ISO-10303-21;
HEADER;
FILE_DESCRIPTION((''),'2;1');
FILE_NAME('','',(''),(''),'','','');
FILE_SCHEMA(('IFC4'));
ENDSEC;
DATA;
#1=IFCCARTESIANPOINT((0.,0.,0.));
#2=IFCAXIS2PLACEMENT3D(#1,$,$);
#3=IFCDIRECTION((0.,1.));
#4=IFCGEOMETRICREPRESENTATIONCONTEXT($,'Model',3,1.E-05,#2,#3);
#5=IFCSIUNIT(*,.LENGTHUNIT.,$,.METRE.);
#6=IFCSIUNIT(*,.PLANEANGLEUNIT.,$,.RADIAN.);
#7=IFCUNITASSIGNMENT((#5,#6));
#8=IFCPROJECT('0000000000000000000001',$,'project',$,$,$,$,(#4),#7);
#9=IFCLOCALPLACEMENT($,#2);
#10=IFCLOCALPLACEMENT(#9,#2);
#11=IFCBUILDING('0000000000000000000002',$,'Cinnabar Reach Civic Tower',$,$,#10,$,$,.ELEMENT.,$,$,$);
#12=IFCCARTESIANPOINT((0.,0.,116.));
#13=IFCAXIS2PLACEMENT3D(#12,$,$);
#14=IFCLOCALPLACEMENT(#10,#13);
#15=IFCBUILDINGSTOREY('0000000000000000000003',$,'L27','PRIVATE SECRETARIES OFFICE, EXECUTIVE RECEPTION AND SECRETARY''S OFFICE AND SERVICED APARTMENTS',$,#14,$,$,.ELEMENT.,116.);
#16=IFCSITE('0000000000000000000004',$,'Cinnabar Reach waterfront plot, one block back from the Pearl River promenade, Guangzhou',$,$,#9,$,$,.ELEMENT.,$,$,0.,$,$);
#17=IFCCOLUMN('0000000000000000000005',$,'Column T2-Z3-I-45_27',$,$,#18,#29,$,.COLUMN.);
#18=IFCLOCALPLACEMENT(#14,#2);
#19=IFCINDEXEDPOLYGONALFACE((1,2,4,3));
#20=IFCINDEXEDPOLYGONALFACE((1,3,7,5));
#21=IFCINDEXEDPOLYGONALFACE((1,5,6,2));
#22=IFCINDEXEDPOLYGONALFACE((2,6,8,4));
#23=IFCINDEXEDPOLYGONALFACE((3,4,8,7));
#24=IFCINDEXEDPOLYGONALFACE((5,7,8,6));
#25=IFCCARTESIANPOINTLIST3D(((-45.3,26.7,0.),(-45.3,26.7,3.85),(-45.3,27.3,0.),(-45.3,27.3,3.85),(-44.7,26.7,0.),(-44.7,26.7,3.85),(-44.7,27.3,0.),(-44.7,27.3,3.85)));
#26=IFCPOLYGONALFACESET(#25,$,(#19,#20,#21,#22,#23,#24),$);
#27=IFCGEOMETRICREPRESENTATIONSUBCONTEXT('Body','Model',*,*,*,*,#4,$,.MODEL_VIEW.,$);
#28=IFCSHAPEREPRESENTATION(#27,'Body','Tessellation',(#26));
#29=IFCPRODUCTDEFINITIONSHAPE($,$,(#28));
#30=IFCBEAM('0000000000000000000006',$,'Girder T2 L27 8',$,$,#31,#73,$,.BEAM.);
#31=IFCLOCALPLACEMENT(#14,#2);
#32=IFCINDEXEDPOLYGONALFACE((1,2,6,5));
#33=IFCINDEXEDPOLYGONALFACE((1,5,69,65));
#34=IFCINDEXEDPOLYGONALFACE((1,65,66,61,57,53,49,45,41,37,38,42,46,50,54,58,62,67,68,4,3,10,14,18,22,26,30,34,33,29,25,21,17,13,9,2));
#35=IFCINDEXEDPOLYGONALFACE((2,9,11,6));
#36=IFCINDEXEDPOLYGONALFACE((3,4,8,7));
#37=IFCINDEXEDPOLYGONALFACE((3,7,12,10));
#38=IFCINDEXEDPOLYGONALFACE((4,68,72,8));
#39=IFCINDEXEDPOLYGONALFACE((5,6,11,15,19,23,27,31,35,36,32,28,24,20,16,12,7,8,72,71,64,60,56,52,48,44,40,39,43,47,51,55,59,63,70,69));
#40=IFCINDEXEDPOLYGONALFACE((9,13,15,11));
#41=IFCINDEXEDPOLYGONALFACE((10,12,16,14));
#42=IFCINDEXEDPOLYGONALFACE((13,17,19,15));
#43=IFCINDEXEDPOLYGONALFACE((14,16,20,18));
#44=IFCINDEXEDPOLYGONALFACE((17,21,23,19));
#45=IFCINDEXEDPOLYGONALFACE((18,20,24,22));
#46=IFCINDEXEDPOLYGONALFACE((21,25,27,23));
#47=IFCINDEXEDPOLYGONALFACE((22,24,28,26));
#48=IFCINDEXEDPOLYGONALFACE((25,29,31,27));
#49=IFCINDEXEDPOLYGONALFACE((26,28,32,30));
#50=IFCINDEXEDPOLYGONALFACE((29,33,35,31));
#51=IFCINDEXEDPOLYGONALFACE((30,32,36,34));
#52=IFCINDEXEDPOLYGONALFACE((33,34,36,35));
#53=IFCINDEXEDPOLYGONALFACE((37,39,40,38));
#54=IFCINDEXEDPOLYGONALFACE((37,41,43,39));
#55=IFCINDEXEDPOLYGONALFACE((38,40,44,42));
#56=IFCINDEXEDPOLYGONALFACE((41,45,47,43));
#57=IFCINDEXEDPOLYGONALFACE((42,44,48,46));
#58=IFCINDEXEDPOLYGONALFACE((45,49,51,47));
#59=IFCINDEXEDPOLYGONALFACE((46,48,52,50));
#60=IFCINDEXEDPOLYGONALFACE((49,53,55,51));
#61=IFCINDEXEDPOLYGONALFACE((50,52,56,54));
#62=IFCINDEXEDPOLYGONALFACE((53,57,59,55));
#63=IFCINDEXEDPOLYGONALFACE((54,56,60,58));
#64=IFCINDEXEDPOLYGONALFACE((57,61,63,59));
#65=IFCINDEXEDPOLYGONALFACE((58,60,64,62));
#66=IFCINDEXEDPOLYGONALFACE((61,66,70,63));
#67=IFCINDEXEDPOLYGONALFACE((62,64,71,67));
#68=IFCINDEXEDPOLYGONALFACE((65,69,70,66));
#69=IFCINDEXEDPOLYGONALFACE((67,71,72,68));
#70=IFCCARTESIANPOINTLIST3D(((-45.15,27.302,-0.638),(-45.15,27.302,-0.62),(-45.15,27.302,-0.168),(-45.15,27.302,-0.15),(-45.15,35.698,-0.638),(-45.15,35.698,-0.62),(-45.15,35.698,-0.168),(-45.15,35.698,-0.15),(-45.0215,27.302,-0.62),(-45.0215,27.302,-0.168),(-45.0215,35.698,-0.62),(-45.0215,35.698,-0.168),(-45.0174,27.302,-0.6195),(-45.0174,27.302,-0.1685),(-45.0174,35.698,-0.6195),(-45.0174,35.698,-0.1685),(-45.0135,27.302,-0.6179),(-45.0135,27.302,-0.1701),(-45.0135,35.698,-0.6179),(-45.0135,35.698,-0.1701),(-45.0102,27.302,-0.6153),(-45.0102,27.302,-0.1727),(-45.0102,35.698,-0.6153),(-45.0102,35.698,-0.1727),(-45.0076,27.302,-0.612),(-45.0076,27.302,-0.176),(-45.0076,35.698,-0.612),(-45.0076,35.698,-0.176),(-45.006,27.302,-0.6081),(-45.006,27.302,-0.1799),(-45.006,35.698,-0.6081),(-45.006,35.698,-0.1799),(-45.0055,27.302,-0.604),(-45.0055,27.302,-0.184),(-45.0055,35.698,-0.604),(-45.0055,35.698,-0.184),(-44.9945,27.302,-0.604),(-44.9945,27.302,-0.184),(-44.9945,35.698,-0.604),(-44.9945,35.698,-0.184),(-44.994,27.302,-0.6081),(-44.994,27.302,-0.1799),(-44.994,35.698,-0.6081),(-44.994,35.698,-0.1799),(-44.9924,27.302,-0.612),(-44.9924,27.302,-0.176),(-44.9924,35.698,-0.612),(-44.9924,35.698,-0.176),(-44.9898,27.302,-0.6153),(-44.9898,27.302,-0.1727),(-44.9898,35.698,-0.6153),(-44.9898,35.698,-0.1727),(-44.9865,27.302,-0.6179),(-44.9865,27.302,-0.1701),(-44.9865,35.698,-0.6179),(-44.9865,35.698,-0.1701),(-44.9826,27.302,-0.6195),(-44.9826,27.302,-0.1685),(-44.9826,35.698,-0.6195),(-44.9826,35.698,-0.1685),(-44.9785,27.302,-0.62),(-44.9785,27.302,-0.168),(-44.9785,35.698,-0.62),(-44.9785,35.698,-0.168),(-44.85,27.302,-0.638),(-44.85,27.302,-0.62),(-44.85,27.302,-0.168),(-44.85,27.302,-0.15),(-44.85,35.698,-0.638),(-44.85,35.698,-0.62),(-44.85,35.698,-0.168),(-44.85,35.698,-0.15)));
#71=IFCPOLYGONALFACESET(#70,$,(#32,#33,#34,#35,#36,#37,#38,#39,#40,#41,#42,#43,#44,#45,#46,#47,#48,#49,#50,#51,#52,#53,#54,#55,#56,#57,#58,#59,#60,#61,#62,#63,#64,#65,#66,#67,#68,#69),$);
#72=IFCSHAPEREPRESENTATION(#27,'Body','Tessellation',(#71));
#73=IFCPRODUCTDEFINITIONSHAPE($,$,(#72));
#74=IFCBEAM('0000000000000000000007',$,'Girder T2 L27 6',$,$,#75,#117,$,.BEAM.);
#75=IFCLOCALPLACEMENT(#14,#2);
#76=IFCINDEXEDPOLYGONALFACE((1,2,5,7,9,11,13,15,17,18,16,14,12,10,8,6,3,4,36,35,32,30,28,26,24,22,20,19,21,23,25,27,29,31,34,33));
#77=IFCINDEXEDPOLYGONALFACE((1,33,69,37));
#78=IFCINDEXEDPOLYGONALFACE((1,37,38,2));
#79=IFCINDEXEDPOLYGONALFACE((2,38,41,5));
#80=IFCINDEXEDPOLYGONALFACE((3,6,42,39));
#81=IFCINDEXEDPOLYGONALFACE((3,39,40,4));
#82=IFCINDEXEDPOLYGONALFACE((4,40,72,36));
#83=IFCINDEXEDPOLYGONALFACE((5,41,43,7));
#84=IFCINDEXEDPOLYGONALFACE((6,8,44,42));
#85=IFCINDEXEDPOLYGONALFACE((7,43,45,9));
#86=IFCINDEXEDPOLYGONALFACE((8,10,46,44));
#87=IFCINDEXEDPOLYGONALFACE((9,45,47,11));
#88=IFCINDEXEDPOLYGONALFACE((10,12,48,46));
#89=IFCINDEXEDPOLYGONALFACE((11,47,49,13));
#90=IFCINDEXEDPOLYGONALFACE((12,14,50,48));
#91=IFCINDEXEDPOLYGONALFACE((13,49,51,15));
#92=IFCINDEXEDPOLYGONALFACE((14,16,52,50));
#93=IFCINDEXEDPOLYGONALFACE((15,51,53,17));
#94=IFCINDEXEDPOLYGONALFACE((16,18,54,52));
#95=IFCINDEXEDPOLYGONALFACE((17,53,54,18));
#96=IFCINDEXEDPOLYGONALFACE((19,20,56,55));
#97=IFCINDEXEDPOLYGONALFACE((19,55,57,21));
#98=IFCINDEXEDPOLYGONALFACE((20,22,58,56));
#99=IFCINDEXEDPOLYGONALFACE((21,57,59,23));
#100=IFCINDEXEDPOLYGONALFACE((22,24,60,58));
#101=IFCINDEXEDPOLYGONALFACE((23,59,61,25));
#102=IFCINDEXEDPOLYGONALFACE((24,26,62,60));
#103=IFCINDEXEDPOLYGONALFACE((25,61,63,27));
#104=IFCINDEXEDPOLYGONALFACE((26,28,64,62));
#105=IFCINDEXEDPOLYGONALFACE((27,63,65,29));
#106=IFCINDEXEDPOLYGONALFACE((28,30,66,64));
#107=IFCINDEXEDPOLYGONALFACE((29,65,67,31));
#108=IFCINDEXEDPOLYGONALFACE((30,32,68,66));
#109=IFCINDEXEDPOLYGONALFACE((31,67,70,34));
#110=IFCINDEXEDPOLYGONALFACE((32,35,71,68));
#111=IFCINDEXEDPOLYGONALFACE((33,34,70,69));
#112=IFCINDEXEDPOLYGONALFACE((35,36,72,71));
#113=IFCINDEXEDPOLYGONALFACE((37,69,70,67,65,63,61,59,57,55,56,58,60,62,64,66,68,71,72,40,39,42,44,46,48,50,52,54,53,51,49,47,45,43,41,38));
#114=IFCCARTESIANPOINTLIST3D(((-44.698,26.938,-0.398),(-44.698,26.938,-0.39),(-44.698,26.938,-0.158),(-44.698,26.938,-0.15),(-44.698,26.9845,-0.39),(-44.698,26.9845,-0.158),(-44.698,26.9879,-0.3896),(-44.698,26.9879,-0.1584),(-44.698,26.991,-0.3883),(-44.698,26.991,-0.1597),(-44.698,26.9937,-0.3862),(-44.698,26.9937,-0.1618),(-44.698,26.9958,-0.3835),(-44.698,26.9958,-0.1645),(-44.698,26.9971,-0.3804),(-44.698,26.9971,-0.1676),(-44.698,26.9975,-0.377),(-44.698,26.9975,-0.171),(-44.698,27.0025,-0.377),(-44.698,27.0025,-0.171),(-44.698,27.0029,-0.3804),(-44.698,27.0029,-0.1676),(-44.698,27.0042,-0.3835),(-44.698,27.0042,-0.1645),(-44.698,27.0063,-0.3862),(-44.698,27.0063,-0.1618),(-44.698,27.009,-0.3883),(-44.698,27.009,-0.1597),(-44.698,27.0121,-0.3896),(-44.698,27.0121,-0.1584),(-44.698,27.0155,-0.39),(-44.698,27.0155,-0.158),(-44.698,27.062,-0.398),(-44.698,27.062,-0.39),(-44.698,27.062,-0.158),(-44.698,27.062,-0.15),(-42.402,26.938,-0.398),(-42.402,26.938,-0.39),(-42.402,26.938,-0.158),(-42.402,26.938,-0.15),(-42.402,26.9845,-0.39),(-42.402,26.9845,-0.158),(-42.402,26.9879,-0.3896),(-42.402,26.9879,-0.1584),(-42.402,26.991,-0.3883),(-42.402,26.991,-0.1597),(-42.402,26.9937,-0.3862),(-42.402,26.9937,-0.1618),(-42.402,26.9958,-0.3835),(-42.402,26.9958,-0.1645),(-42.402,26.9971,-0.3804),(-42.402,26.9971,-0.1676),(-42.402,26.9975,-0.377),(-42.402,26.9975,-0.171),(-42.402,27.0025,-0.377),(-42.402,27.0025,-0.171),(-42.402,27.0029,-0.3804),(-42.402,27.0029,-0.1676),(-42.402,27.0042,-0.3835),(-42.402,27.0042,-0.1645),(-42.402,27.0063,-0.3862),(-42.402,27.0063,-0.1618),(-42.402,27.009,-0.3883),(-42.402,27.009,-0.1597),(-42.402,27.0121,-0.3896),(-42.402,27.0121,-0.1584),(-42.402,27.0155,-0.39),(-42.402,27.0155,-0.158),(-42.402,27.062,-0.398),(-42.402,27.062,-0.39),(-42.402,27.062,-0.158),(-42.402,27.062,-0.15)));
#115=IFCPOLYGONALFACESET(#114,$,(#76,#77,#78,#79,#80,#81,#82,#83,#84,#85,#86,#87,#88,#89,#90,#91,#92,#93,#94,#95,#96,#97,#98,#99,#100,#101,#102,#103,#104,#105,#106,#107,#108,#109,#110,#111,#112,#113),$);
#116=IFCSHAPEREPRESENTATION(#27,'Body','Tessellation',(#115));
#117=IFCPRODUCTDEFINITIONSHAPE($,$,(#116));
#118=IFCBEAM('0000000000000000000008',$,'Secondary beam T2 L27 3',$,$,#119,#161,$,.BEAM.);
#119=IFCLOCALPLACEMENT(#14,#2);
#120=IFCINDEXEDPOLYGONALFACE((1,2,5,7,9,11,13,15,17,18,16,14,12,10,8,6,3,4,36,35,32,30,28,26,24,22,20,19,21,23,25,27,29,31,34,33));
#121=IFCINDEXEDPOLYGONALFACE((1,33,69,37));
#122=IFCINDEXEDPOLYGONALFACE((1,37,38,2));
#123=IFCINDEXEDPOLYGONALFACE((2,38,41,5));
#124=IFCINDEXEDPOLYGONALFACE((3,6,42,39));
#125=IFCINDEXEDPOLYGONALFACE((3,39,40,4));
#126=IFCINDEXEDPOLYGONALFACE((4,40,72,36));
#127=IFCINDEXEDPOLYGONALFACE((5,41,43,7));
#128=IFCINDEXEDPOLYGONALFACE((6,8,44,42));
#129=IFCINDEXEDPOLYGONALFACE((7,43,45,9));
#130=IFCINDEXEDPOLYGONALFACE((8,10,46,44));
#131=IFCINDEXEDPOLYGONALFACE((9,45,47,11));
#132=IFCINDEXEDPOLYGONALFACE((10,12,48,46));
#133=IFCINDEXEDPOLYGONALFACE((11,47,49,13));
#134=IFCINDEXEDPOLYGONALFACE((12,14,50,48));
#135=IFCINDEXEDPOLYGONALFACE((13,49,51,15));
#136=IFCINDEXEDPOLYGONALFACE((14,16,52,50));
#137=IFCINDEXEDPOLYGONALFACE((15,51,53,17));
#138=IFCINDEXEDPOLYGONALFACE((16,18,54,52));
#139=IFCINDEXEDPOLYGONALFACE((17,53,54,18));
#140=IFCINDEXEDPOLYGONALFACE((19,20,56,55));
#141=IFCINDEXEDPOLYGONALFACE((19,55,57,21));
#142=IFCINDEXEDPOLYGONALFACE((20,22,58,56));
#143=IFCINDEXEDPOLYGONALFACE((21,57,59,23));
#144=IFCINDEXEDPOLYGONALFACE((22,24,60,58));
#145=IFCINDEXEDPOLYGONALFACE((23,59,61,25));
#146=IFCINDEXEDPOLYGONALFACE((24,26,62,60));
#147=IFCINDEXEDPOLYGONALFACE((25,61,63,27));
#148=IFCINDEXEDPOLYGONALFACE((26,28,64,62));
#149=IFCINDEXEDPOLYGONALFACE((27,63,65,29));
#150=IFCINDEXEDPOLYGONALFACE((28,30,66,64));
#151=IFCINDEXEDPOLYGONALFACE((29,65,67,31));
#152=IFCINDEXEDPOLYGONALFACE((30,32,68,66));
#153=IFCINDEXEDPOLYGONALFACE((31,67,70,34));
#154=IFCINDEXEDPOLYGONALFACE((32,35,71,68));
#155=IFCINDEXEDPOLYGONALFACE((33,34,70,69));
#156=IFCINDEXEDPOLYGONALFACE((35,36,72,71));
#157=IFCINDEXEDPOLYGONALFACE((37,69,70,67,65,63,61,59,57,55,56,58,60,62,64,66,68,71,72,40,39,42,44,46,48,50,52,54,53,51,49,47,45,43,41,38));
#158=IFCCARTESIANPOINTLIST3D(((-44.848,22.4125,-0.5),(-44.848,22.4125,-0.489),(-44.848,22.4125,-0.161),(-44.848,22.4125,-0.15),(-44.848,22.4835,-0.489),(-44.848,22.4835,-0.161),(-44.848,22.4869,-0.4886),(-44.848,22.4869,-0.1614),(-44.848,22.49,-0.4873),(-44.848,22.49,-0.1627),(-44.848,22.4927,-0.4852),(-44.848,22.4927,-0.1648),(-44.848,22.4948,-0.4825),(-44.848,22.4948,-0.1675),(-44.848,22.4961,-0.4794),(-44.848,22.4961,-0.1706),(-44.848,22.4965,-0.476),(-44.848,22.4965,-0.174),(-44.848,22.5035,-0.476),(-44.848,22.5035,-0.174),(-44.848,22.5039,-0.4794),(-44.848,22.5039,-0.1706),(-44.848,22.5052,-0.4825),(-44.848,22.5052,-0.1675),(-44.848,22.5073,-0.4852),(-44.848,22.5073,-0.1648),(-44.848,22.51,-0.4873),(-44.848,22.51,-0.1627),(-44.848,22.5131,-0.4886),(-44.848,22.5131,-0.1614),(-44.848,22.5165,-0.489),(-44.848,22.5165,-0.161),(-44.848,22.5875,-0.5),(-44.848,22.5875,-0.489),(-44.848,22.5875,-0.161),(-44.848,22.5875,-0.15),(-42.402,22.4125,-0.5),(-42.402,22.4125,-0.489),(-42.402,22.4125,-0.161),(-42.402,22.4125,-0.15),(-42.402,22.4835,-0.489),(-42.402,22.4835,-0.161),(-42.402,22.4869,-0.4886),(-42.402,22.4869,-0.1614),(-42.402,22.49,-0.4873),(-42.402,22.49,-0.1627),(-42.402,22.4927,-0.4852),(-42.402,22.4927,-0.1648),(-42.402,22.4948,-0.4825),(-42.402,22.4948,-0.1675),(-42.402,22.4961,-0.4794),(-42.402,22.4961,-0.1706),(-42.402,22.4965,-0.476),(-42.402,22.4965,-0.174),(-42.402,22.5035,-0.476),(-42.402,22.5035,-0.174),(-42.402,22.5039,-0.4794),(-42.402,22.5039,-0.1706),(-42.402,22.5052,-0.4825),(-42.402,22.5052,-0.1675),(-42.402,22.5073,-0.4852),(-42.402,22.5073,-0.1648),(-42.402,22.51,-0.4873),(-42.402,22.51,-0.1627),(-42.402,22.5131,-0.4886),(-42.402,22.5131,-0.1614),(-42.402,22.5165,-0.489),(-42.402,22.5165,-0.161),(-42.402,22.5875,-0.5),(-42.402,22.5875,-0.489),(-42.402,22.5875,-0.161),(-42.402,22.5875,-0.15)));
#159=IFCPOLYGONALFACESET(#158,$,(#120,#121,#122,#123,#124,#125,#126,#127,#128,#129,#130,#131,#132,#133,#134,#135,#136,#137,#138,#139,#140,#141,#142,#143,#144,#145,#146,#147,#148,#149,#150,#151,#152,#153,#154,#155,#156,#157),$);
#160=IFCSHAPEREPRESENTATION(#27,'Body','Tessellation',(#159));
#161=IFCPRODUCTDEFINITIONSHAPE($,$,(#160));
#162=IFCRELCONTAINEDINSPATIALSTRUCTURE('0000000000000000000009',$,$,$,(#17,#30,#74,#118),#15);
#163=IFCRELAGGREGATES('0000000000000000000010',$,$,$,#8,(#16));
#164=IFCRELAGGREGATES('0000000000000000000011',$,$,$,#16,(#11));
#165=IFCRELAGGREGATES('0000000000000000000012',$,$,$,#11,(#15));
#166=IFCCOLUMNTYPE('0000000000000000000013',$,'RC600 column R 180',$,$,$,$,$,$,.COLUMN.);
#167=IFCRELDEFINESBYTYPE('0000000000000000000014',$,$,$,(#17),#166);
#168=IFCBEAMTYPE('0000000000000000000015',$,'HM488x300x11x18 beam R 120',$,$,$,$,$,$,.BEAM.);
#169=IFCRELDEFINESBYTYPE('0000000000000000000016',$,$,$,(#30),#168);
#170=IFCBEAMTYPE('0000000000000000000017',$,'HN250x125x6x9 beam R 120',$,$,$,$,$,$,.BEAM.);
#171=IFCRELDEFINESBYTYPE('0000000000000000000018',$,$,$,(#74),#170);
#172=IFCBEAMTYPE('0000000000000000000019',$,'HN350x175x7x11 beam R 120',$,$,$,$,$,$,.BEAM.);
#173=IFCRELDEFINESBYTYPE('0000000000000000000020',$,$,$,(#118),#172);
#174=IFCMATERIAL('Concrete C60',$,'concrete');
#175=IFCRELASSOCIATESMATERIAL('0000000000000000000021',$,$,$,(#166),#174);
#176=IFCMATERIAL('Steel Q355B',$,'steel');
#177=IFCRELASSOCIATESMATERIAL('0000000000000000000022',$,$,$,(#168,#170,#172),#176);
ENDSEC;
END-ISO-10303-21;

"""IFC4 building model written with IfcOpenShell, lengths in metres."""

from ifc_helpers import new_model, si_unit, direction, frame, origin, origin_2d, place, context, subcontext, project, spatial, rectangle, i_section, extrude, material, material_profile, profile_set, type_object, element, save


model = new_model("IFC4")

# Units and contexts
model_context = context("Model", 3, precision=1e-05, world=origin(), true_north=direction((0.0, 1.0)))
body_context = subcontext(model_context, "Body", "Model", "MODEL_VIEW")
ifc_project = project(units=[si_unit("LENGTHUNIT", "METRE"), si_unit("PLANEANGLEUNIT", "RADIAN")], contexts=[model_context])

# Site, building, storey
site_placement = place(None, origin())
site = spatial("IfcSite", under=ifc_project, at=site_placement, Name="Cinnabar Reach waterfront plot, one block back from the Pearl River promenade, Guangzhou", CompositionType="ELEMENT", RefElevation=0.0)
building_placement = place(site_placement, origin())
building = spatial("IfcBuilding", under=site, at=building_placement, Name="Cinnabar Reach Civic Tower", CompositionType="ELEMENT")
storey_placement = place(building_placement, frame((0.0, 0.0, 116.0)))
storey = spatial("IfcBuildingStorey", under=building, at=storey_placement, Name="L27", Description="PRIVATE SECRETARIES OFFICE, EXECUTIVE RECEPTION AND SECRETARY'S OFFICE AND SERVICED APARTMENTS", CompositionType="ELEMENT", Elevation=116.0)

# Column
ifc_material_1 = material(Name="Concrete C60", Category="concrete")
ifc_material_profile_1 = material_profile(ifc_material_1, rectangle(XDim=0.6, YDim=0.6, at=origin_2d()), Name="RC600")
ifc_profile_set_1 = profile_set([ifc_material_profile_1], Name="Concrete C60")
column_type = type_object("IfcColumnType", Name="RC600 column R 180", PredefinedType="COLUMN", material=ifc_profile_set_1)
column_placement = place(storey_placement, frame((-45.0, 27.0, 0.0), z_axis=(0.0, 0.0, 1.0), x_axis=(1.0, 0.0, 0.0)))
element("IfcColumn", 1, at=column_placement, inside=storey, type_object=column_type, Name="Column T2-Z3-I-45_27", PredefinedType="COLUMN", context=body_context, shape_type="SweptSolid", body=[
    extrude(rectangle(XDim=0.6, YDim=0.6, at=origin_2d()), origin(), (0.0, 0.0, 1.0), 3.85),
])

# Beams
ifc_material_2 = material(Name="Steel Q355B", Category="steel")
ifc_material_profile_2 = material_profile(ifc_material_2, i_section(OverallWidth=0.3, OverallDepth=0.488, WebThickness=0.011, FlangeThickness=0.018, FilletRadius=0.016, at=origin_2d()), Name="HM488x300x11x18")
ifc_profile_set_2 = profile_set([ifc_material_profile_2], Name="Steel Q355B")
beam_type_1 = type_object("IfcBeamType", Name="HM488x300x11x18 beam R 120", PredefinedType="BEAM", material=ifc_profile_set_2)
beam_1_placement = place(storey_placement, frame((-45.0, 27.302, -0.394), z_axis=(0.0, 1.0, 0.0), x_axis=(-1.0, 0.0, 0.0)))
element("IfcBeam", 2, at=beam_1_placement, inside=storey, type_object=beam_type_1, Name="Girder T2 L27 8", PredefinedType="BEAM", context=body_context, shape_type="SweptSolid", body=[
    extrude(i_section(OverallWidth=0.3, OverallDepth=0.488, WebThickness=0.011, FlangeThickness=0.018, FilletRadius=0.016, at=origin_2d()), origin(), (0.0, 0.0, 1.0), 8.396),
])
ifc_material_profile_3 = material_profile(ifc_material_2, i_section(OverallWidth=0.124, OverallDepth=0.248, WebThickness=0.005, FlangeThickness=0.008, FilletRadius=0.013, at=origin_2d()), Name="HN250x125x6x9")
ifc_profile_set_3 = profile_set([ifc_material_profile_3], Name="Steel Q355B")
beam_type_2 = type_object("IfcBeamType", Name="HN250x125x6x9 beam R 120", PredefinedType="BEAM", material=ifc_profile_set_3)
beam_2_placement = place(storey_placement, frame((-44.698, 27.0, -0.274), z_axis=(1.0, 0.0, 0.0), x_axis=(0.0, 1.0, 0.0)))
element("IfcBeam", 3, at=beam_2_placement, inside=storey, type_object=beam_type_2, Name="Girder T2 L27 6", PredefinedType="BEAM", context=body_context, shape_type="SweptSolid", body=[
    extrude(i_section(OverallWidth=0.124, OverallDepth=0.248, WebThickness=0.005, FlangeThickness=0.008, FilletRadius=0.013, at=origin_2d()), origin(), (0.0, 0.0, 1.0), 2.296),
])
ifc_material_profile_4 = material_profile(ifc_material_2, i_section(OverallWidth=0.175, OverallDepth=0.35, WebThickness=0.007, FlangeThickness=0.011, FilletRadius=0.013, at=origin_2d()), Name="HN350x175x7x11")
ifc_profile_set_4 = profile_set([ifc_material_profile_4], Name="Steel Q355B")
beam_type_3 = type_object("IfcBeamType", Name="HN350x175x7x11 beam R 120", PredefinedType="BEAM", material=ifc_profile_set_4)
beam_3_placement = place(storey_placement, frame((-44.848, 22.5, -0.325), z_axis=(1.0, 0.0, 0.0), x_axis=(0.0, 1.0, 0.0)))
element("IfcBeam", 4, at=beam_3_placement, inside=storey, type_object=beam_type_3, Name="Secondary beam T2 L27 3", PredefinedType="BEAM", context=body_context, shape_type="SweptSolid", body=[
    extrude(i_section(OverallWidth=0.175, OverallDepth=0.35, WebThickness=0.007, FlangeThickness=0.011, FilletRadius=0.013, at=origin_2d()), origin(), (0.0, 0.0, 1.0), 2.446),
])

save(model, "model.ifc")
